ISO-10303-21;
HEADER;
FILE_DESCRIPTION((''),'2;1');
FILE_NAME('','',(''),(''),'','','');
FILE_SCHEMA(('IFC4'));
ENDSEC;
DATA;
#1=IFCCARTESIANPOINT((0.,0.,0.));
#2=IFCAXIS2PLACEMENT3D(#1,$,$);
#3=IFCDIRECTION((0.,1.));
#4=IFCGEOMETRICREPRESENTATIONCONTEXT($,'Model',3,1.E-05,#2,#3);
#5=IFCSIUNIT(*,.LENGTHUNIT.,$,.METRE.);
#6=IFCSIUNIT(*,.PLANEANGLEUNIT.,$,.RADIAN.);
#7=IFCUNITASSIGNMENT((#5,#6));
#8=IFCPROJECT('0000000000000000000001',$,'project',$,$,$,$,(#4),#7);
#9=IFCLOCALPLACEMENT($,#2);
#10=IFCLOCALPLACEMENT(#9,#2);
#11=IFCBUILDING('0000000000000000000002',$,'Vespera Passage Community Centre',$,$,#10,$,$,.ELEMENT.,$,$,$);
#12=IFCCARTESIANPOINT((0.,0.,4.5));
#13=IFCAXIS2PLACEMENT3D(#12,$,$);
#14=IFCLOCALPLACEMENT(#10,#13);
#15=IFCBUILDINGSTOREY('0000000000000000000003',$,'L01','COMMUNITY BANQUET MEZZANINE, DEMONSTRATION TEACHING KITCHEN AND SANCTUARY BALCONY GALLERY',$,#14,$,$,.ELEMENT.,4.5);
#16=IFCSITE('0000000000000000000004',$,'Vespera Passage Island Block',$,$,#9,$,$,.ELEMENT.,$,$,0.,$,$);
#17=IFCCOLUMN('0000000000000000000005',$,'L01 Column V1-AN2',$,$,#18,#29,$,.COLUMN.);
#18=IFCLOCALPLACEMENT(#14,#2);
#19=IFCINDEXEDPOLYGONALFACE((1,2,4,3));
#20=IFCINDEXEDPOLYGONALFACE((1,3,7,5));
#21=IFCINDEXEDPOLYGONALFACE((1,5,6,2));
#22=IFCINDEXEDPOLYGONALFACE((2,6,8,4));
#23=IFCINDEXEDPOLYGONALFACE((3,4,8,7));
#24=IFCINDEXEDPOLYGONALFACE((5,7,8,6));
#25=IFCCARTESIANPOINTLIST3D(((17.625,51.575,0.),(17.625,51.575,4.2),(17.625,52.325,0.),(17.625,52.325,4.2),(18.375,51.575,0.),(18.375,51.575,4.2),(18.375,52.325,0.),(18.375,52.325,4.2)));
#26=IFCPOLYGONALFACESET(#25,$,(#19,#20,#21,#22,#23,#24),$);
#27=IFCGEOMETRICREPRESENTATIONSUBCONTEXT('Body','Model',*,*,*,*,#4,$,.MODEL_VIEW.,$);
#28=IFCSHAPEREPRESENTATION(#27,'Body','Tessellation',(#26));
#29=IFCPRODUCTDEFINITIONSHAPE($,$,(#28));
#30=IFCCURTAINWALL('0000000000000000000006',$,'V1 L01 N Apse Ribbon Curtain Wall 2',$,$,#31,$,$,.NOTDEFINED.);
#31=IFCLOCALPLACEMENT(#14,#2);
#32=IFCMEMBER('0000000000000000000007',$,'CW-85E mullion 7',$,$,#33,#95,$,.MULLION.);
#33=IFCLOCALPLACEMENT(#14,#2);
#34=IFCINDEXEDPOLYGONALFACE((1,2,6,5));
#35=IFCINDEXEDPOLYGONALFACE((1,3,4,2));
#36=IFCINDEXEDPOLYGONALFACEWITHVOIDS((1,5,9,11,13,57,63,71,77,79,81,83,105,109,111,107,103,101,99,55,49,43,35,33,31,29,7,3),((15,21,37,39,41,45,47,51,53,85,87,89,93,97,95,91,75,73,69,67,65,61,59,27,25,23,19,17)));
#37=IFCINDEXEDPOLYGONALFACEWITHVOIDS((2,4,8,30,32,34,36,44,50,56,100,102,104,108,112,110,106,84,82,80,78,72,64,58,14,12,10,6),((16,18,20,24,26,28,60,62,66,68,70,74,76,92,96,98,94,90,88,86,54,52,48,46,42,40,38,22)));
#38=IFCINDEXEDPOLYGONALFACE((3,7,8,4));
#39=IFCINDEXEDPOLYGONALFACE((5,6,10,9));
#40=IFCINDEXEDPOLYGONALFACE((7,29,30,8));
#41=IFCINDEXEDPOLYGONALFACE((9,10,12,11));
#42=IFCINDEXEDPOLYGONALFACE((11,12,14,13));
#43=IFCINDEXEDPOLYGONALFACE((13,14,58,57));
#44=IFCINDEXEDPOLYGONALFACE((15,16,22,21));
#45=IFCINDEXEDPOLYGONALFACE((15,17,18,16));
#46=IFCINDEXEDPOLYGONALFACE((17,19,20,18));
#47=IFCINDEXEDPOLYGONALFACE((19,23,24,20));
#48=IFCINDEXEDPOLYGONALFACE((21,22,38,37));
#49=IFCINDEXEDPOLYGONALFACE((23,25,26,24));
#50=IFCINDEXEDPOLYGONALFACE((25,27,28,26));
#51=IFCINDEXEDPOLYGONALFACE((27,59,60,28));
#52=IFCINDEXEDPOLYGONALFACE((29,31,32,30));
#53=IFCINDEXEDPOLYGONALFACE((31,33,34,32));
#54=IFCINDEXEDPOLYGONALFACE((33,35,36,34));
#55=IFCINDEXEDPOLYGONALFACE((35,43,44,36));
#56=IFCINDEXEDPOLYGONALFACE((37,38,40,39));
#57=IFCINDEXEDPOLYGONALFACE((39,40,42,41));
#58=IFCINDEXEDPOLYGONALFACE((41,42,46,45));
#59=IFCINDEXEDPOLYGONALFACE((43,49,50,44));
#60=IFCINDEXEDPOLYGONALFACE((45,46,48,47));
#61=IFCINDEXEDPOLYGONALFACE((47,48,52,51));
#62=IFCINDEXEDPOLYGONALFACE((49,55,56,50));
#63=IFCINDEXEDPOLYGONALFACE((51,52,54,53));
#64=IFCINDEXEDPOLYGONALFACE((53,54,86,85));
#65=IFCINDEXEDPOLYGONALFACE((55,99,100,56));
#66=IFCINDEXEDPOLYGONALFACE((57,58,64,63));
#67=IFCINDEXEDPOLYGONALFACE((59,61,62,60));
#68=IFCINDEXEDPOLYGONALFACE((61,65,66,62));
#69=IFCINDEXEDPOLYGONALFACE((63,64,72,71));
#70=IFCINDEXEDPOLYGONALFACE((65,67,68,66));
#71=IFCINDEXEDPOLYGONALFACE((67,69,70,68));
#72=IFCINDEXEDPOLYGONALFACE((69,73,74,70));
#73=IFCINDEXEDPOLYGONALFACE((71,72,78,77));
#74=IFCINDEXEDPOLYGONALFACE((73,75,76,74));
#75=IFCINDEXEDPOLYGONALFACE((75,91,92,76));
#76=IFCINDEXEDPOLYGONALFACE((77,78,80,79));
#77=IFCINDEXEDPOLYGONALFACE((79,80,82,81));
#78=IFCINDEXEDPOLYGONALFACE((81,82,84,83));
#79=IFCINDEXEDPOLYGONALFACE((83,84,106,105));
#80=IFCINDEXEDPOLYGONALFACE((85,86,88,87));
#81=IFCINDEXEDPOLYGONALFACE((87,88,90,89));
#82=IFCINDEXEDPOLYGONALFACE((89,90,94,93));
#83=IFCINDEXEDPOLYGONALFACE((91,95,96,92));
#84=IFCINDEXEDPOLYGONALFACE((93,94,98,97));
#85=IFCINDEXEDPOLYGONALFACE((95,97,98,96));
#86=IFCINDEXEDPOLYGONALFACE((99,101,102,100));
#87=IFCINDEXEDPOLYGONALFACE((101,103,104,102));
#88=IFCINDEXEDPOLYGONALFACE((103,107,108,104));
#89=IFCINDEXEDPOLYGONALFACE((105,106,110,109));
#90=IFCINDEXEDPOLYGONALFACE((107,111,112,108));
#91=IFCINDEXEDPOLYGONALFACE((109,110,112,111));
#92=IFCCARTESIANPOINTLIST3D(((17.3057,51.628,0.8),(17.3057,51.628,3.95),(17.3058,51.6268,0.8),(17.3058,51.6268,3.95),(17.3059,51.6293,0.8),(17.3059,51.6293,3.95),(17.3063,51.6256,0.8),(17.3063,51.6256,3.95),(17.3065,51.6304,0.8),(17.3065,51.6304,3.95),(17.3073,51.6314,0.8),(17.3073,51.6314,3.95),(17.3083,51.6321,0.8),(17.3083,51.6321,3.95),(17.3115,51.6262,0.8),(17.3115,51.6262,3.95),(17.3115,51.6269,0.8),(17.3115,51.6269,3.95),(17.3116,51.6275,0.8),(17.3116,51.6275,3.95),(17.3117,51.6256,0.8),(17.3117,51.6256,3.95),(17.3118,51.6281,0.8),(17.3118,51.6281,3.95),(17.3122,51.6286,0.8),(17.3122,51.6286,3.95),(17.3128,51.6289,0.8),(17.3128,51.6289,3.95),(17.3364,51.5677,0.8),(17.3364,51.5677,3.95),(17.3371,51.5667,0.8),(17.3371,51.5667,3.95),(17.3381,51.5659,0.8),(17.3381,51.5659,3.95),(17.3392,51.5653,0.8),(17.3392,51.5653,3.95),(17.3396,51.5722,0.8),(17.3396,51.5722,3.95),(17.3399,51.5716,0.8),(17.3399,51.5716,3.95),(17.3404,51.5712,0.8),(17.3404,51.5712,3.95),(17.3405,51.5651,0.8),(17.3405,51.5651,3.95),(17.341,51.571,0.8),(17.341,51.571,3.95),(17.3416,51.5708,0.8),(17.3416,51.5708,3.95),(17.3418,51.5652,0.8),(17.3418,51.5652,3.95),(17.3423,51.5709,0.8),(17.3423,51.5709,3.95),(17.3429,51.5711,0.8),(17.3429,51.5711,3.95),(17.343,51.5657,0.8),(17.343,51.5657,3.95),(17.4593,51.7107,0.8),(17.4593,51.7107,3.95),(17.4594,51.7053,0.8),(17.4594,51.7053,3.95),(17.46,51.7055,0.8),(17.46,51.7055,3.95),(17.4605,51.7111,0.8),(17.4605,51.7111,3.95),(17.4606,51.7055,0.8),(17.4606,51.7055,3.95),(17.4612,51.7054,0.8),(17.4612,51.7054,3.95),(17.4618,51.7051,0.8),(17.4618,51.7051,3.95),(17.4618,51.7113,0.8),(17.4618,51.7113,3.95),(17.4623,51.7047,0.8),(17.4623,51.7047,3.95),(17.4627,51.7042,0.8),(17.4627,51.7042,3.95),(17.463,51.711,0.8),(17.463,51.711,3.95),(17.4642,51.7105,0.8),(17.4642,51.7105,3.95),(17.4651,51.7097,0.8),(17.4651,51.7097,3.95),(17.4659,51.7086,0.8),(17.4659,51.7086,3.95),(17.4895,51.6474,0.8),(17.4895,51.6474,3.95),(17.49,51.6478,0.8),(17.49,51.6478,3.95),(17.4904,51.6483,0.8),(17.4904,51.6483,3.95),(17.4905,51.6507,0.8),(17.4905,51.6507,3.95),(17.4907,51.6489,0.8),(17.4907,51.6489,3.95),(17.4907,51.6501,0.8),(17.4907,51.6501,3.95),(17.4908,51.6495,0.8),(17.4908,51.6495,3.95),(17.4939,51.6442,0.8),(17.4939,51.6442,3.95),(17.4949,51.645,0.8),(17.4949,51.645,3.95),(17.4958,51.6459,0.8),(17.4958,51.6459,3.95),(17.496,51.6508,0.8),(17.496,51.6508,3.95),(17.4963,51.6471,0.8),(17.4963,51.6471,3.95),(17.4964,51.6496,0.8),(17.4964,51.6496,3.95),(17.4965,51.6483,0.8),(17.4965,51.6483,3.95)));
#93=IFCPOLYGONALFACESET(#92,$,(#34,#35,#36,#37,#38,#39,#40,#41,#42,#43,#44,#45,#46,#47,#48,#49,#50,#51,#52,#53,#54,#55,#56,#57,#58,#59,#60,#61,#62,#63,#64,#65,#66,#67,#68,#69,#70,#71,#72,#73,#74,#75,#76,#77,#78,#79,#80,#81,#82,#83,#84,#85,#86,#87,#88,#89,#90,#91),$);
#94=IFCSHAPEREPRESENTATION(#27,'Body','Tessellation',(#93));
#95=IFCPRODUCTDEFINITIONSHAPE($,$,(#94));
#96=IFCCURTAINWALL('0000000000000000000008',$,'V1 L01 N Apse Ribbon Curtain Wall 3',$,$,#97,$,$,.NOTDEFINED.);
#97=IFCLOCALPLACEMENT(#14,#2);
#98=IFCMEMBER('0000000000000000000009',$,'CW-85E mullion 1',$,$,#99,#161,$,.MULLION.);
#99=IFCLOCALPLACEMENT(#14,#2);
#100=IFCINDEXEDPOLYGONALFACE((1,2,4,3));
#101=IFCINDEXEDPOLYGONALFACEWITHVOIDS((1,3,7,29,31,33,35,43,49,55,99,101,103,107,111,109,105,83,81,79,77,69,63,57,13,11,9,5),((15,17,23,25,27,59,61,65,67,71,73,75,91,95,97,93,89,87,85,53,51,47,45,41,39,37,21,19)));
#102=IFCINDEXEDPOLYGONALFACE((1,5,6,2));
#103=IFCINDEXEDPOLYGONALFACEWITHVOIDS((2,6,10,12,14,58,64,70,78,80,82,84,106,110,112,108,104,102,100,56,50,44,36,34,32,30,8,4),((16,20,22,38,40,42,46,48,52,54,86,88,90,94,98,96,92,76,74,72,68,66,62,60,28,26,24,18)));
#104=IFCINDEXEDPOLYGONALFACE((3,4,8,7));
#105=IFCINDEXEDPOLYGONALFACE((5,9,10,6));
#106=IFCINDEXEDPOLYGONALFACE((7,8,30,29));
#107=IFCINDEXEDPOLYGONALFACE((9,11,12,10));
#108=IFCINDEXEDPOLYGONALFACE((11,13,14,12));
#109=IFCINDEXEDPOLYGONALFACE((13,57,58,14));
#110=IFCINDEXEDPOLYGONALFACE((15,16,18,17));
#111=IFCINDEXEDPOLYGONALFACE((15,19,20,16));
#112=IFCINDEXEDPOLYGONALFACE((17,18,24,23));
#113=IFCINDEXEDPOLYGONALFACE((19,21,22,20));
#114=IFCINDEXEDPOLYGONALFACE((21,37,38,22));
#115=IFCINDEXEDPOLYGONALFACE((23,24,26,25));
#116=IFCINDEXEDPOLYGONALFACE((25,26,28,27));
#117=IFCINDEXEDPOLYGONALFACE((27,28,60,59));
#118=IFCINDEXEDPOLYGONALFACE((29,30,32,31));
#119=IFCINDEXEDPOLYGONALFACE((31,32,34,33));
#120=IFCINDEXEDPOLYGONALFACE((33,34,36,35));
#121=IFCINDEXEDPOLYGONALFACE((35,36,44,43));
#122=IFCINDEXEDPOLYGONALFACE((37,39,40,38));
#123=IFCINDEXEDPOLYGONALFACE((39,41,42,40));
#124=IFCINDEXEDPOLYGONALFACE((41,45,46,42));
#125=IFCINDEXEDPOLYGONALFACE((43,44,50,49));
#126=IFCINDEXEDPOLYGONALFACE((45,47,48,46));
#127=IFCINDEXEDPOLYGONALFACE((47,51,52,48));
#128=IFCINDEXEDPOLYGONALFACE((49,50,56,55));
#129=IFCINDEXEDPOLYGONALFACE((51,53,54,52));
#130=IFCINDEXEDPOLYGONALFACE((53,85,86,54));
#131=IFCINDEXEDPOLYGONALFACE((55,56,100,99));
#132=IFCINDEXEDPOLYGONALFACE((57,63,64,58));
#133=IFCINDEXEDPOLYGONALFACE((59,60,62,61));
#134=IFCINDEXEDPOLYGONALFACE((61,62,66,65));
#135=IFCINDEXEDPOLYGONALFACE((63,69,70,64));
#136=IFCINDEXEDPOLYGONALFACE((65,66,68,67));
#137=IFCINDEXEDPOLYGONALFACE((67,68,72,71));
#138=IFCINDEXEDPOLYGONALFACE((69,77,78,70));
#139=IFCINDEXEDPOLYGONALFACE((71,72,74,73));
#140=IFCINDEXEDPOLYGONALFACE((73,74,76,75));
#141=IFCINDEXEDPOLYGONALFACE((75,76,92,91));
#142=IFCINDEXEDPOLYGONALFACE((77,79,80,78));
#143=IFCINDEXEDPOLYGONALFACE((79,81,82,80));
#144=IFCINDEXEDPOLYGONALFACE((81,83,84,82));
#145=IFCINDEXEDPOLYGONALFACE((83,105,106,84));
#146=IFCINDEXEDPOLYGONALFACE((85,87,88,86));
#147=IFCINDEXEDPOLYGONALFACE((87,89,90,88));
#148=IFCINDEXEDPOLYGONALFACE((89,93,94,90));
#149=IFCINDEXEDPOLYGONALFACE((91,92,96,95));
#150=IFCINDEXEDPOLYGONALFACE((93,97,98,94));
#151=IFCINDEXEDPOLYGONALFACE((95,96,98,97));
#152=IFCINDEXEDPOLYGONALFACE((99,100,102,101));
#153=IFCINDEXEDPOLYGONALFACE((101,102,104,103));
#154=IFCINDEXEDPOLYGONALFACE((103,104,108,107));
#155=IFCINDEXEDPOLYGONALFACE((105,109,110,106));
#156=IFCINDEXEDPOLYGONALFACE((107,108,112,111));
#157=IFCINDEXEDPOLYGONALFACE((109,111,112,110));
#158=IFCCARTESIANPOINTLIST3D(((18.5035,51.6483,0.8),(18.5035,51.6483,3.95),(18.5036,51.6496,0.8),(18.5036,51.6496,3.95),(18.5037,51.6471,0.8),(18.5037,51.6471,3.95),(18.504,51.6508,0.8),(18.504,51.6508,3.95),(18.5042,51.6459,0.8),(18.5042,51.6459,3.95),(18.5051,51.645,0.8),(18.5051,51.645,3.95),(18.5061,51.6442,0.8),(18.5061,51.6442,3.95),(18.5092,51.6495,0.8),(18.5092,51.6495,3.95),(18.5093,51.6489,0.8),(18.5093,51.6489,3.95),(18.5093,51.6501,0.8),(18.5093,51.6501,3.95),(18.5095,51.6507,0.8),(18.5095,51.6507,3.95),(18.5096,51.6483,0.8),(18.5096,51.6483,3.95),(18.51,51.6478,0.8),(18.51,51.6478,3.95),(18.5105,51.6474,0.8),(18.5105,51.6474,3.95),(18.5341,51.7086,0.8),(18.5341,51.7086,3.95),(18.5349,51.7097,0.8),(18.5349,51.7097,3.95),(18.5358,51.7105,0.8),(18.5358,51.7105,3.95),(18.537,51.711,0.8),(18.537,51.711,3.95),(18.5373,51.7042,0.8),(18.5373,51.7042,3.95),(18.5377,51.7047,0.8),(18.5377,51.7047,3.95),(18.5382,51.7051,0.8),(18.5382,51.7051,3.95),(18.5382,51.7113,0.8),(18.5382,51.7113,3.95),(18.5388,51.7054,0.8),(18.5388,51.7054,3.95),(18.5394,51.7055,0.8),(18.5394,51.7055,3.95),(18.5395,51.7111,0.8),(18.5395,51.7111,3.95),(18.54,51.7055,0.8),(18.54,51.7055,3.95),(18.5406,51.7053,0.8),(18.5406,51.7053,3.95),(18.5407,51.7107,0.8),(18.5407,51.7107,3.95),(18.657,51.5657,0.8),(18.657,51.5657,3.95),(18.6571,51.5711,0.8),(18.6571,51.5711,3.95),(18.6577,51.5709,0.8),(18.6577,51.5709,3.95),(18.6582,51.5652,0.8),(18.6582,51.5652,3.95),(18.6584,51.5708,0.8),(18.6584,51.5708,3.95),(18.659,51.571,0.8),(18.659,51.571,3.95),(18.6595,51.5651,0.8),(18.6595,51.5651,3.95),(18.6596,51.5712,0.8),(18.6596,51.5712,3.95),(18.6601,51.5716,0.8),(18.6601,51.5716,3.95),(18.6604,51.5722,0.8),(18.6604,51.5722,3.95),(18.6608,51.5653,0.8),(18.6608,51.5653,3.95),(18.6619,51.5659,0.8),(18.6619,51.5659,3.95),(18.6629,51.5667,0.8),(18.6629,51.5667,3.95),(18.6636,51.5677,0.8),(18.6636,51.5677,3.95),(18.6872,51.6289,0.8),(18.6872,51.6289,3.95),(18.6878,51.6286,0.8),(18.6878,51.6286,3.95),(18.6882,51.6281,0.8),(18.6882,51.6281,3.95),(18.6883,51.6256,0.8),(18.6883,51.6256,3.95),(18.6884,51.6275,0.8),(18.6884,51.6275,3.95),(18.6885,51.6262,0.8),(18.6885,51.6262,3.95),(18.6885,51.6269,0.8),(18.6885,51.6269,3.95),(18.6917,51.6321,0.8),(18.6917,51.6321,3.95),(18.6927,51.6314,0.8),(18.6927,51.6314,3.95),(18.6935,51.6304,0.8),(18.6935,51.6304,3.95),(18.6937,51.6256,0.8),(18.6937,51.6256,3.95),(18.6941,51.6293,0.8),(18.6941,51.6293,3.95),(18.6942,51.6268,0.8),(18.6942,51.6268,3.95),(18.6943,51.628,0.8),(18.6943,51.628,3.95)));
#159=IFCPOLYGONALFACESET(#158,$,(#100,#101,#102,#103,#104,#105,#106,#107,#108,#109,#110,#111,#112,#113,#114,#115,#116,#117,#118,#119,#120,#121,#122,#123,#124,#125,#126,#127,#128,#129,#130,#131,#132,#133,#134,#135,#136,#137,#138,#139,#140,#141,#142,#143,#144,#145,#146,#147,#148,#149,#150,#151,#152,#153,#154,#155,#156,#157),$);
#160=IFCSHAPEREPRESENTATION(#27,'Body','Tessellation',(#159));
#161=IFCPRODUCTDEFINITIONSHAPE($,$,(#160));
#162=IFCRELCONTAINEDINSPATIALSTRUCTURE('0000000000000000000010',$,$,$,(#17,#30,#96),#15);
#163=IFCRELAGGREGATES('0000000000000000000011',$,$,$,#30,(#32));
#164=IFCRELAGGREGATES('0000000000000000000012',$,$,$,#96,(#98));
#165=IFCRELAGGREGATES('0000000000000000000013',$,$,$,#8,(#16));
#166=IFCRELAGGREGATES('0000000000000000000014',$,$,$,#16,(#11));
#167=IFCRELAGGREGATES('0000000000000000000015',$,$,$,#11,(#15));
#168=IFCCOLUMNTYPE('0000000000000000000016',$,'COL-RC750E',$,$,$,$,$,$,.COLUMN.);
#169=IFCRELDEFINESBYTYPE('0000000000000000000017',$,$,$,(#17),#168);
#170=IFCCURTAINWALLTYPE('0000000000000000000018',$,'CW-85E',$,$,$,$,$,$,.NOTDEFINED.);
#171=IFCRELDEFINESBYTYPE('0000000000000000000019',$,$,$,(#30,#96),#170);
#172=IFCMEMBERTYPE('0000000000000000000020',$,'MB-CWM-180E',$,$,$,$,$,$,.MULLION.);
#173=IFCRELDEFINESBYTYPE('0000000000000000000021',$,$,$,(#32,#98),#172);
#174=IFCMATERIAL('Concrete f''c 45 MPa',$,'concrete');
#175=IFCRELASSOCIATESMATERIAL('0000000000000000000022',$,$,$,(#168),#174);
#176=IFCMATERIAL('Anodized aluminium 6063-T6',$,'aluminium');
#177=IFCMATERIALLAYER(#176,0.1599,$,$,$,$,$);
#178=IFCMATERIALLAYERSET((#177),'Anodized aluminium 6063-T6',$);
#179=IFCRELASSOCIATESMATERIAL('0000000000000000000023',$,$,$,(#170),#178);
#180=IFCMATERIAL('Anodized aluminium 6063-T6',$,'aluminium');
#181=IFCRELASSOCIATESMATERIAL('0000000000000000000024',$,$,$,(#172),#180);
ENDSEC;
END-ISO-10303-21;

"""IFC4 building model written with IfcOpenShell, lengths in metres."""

from ifc_helpers import new_model, si_unit, direction, frame, origin, origin_2d, place, context, subcontext, project, spatial, rectangle, hollow_rectangle, extrude, material, layer, layer_set, material_profile, profile_set, type_object, element, aggregate, save


model = new_model("IFC4")

# Units and contexts
model_context = context("Model", 3, precision=1e-05, world=origin(), true_north=direction((0.0, 1.0)))
body_context = subcontext(model_context, "Body", "Model", "MODEL_VIEW")
ifc_project = project(units=[si_unit("LENGTHUNIT", "METRE"), si_unit("PLANEANGLEUNIT", "RADIAN")], contexts=[model_context])

# Site, building, storey
site_placement = place(None, origin())
site = spatial("IfcSite", under=ifc_project, at=site_placement, Name="Vespera Passage Island Block", CompositionType="ELEMENT", RefElevation=0.0)
building_placement = place(site_placement, origin())
building = spatial("IfcBuilding", under=site, at=building_placement, Name="Vespera Passage Community Centre", CompositionType="ELEMENT")
storey_placement = place(building_placement, frame((0.0, 0.0, 4.5)))
storey = spatial("IfcBuildingStorey", under=building, at=storey_placement, Name="L01", Description="COMMUNITY BANQUET MEZZANINE, DEMONSTRATION TEACHING KITCHEN AND SANCTUARY BALCONY GALLERY", CompositionType="ELEMENT", Elevation=4.5)

# Column
ifc_material_1 = material(Name="Concrete f'c 45 MPa", Category="concrete")
ifc_material_profile_1 = material_profile(ifc_material_1, rectangle(XDim=0.75, YDim=0.75, at=origin_2d()), Name="RC750X750")
ifc_profile_set_1 = profile_set([ifc_material_profile_1], Name="Concrete f'c 45 MPa")
column_type = type_object("IfcColumnType", Name="COL-RC750E", PredefinedType="COLUMN", material=ifc_profile_set_1)
column_placement = place(storey_placement, frame((18.0, 51.95, 0.0), z_axis=(0.0, 0.0, 1.0), x_axis=(1.0, 0.0, 0.0)))
element("IfcColumn", 1, at=column_placement, inside=storey, type_object=column_type, Name="L01 Column V1-AN2", PredefinedType="COLUMN", context=body_context, shape_type="SweptSolid", body=[
    extrude(rectangle(XDim=0.75, YDim=0.75, at=origin_2d()), origin(), (0.0, 0.0, 1.0), 4.2),
])

# Curtain wall, member
ifc_material_2 = material(Name="Anodized aluminium 6063-T6", Category="aluminium")
ifc_layer_1 = layer(ifc_material_2, 0.1599)
ifc_layer_set_1 = layer_set([ifc_layer_1], Name="Anodized aluminium 6063-T6")
curtain_wall_type = type_object("IfcCurtainWallType", Name="CW-85E", PredefinedType="NOTDEFINED", material=ifc_layer_set_1)
curtain_wall_1_placement = place(storey_placement, origin())
curtain_wall_1 = element("IfcCurtainWall", 2, at=curtain_wall_1_placement, inside=storey, type_object=curtain_wall_type, Name="V1 L01 N Apse Ribbon Curtain Wall 2", PredefinedType="NOTDEFINED")
ifc_material_3 = material(Name="Anodized aluminium 6063-T6", Category="aluminium")
ifc_material_profile_2 = material_profile(ifc_material_3, hollow_rectangle(XDim=0.075, YDim=0.1799, WallThickness=0.0049, InnerFilletRadius=0.0024, OuterFilletRadius=0.0049, at=origin_2d()), Name="ALU180X75X5")
ifc_profile_set_2 = profile_set([ifc_material_profile_2], Name="Anodized aluminium 6063-T6")
member_type_1 = type_object("IfcMemberType", Name="MB-CWM-180E", PredefinedType="MULLION", material=ifc_profile_set_2)
member_1_placement = place(storey_placement, frame((17.4011, 51.6382, 0.8), z_axis=(0.0, 0.0, 1.0), x_axis=(-0.461745, 0.887013, 0.0)))
member_1 = element("IfcMember", 3, at=member_1_placement, type_object=member_type_1, Name="CW-85E mullion 7", PredefinedType="MULLION", context=body_context, shape_type="SweptSolid", body=[
    extrude(hollow_rectangle(XDim=0.075, YDim=0.1799, WallThickness=0.0049, InnerFilletRadius=0.0024, OuterFilletRadius=0.0049, at=origin_2d()), origin(), (0.0, 0.0, 1.0), 3.1499),
])

# Curtain wall, member
curtain_wall_2_placement = place(storey_placement, origin())
curtain_wall_2 = element("IfcCurtainWall", 4, at=curtain_wall_2_placement, inside=storey, type_object=curtain_wall_type, Name="V1 L01 N Apse Ribbon Curtain Wall 3", PredefinedType="NOTDEFINED")
member_2_placement = place(storey_placement, frame((18.5989, 51.6382, 0.8), z_axis=(0.0, 0.0, 1.0), x_axis=(0.461745, 0.887013, 0.0)))
member_2 = element("IfcMember", 5, at=member_2_placement, type_object=member_type_1, Name="CW-85E mullion 1", PredefinedType="MULLION", context=body_context, shape_type="SweptSolid", body=[
    extrude(hollow_rectangle(XDim=0.075, YDim=0.1799, WallThickness=0.0049, InnerFilletRadius=0.0024, OuterFilletRadius=0.0049, at=origin_2d()), origin(), (0.0, 0.0, 1.0), 3.1499),
])

aggregate(curtain_wall_1, [member_1])
aggregate(curtain_wall_2, [member_2])

save(model, "model.ifc")
